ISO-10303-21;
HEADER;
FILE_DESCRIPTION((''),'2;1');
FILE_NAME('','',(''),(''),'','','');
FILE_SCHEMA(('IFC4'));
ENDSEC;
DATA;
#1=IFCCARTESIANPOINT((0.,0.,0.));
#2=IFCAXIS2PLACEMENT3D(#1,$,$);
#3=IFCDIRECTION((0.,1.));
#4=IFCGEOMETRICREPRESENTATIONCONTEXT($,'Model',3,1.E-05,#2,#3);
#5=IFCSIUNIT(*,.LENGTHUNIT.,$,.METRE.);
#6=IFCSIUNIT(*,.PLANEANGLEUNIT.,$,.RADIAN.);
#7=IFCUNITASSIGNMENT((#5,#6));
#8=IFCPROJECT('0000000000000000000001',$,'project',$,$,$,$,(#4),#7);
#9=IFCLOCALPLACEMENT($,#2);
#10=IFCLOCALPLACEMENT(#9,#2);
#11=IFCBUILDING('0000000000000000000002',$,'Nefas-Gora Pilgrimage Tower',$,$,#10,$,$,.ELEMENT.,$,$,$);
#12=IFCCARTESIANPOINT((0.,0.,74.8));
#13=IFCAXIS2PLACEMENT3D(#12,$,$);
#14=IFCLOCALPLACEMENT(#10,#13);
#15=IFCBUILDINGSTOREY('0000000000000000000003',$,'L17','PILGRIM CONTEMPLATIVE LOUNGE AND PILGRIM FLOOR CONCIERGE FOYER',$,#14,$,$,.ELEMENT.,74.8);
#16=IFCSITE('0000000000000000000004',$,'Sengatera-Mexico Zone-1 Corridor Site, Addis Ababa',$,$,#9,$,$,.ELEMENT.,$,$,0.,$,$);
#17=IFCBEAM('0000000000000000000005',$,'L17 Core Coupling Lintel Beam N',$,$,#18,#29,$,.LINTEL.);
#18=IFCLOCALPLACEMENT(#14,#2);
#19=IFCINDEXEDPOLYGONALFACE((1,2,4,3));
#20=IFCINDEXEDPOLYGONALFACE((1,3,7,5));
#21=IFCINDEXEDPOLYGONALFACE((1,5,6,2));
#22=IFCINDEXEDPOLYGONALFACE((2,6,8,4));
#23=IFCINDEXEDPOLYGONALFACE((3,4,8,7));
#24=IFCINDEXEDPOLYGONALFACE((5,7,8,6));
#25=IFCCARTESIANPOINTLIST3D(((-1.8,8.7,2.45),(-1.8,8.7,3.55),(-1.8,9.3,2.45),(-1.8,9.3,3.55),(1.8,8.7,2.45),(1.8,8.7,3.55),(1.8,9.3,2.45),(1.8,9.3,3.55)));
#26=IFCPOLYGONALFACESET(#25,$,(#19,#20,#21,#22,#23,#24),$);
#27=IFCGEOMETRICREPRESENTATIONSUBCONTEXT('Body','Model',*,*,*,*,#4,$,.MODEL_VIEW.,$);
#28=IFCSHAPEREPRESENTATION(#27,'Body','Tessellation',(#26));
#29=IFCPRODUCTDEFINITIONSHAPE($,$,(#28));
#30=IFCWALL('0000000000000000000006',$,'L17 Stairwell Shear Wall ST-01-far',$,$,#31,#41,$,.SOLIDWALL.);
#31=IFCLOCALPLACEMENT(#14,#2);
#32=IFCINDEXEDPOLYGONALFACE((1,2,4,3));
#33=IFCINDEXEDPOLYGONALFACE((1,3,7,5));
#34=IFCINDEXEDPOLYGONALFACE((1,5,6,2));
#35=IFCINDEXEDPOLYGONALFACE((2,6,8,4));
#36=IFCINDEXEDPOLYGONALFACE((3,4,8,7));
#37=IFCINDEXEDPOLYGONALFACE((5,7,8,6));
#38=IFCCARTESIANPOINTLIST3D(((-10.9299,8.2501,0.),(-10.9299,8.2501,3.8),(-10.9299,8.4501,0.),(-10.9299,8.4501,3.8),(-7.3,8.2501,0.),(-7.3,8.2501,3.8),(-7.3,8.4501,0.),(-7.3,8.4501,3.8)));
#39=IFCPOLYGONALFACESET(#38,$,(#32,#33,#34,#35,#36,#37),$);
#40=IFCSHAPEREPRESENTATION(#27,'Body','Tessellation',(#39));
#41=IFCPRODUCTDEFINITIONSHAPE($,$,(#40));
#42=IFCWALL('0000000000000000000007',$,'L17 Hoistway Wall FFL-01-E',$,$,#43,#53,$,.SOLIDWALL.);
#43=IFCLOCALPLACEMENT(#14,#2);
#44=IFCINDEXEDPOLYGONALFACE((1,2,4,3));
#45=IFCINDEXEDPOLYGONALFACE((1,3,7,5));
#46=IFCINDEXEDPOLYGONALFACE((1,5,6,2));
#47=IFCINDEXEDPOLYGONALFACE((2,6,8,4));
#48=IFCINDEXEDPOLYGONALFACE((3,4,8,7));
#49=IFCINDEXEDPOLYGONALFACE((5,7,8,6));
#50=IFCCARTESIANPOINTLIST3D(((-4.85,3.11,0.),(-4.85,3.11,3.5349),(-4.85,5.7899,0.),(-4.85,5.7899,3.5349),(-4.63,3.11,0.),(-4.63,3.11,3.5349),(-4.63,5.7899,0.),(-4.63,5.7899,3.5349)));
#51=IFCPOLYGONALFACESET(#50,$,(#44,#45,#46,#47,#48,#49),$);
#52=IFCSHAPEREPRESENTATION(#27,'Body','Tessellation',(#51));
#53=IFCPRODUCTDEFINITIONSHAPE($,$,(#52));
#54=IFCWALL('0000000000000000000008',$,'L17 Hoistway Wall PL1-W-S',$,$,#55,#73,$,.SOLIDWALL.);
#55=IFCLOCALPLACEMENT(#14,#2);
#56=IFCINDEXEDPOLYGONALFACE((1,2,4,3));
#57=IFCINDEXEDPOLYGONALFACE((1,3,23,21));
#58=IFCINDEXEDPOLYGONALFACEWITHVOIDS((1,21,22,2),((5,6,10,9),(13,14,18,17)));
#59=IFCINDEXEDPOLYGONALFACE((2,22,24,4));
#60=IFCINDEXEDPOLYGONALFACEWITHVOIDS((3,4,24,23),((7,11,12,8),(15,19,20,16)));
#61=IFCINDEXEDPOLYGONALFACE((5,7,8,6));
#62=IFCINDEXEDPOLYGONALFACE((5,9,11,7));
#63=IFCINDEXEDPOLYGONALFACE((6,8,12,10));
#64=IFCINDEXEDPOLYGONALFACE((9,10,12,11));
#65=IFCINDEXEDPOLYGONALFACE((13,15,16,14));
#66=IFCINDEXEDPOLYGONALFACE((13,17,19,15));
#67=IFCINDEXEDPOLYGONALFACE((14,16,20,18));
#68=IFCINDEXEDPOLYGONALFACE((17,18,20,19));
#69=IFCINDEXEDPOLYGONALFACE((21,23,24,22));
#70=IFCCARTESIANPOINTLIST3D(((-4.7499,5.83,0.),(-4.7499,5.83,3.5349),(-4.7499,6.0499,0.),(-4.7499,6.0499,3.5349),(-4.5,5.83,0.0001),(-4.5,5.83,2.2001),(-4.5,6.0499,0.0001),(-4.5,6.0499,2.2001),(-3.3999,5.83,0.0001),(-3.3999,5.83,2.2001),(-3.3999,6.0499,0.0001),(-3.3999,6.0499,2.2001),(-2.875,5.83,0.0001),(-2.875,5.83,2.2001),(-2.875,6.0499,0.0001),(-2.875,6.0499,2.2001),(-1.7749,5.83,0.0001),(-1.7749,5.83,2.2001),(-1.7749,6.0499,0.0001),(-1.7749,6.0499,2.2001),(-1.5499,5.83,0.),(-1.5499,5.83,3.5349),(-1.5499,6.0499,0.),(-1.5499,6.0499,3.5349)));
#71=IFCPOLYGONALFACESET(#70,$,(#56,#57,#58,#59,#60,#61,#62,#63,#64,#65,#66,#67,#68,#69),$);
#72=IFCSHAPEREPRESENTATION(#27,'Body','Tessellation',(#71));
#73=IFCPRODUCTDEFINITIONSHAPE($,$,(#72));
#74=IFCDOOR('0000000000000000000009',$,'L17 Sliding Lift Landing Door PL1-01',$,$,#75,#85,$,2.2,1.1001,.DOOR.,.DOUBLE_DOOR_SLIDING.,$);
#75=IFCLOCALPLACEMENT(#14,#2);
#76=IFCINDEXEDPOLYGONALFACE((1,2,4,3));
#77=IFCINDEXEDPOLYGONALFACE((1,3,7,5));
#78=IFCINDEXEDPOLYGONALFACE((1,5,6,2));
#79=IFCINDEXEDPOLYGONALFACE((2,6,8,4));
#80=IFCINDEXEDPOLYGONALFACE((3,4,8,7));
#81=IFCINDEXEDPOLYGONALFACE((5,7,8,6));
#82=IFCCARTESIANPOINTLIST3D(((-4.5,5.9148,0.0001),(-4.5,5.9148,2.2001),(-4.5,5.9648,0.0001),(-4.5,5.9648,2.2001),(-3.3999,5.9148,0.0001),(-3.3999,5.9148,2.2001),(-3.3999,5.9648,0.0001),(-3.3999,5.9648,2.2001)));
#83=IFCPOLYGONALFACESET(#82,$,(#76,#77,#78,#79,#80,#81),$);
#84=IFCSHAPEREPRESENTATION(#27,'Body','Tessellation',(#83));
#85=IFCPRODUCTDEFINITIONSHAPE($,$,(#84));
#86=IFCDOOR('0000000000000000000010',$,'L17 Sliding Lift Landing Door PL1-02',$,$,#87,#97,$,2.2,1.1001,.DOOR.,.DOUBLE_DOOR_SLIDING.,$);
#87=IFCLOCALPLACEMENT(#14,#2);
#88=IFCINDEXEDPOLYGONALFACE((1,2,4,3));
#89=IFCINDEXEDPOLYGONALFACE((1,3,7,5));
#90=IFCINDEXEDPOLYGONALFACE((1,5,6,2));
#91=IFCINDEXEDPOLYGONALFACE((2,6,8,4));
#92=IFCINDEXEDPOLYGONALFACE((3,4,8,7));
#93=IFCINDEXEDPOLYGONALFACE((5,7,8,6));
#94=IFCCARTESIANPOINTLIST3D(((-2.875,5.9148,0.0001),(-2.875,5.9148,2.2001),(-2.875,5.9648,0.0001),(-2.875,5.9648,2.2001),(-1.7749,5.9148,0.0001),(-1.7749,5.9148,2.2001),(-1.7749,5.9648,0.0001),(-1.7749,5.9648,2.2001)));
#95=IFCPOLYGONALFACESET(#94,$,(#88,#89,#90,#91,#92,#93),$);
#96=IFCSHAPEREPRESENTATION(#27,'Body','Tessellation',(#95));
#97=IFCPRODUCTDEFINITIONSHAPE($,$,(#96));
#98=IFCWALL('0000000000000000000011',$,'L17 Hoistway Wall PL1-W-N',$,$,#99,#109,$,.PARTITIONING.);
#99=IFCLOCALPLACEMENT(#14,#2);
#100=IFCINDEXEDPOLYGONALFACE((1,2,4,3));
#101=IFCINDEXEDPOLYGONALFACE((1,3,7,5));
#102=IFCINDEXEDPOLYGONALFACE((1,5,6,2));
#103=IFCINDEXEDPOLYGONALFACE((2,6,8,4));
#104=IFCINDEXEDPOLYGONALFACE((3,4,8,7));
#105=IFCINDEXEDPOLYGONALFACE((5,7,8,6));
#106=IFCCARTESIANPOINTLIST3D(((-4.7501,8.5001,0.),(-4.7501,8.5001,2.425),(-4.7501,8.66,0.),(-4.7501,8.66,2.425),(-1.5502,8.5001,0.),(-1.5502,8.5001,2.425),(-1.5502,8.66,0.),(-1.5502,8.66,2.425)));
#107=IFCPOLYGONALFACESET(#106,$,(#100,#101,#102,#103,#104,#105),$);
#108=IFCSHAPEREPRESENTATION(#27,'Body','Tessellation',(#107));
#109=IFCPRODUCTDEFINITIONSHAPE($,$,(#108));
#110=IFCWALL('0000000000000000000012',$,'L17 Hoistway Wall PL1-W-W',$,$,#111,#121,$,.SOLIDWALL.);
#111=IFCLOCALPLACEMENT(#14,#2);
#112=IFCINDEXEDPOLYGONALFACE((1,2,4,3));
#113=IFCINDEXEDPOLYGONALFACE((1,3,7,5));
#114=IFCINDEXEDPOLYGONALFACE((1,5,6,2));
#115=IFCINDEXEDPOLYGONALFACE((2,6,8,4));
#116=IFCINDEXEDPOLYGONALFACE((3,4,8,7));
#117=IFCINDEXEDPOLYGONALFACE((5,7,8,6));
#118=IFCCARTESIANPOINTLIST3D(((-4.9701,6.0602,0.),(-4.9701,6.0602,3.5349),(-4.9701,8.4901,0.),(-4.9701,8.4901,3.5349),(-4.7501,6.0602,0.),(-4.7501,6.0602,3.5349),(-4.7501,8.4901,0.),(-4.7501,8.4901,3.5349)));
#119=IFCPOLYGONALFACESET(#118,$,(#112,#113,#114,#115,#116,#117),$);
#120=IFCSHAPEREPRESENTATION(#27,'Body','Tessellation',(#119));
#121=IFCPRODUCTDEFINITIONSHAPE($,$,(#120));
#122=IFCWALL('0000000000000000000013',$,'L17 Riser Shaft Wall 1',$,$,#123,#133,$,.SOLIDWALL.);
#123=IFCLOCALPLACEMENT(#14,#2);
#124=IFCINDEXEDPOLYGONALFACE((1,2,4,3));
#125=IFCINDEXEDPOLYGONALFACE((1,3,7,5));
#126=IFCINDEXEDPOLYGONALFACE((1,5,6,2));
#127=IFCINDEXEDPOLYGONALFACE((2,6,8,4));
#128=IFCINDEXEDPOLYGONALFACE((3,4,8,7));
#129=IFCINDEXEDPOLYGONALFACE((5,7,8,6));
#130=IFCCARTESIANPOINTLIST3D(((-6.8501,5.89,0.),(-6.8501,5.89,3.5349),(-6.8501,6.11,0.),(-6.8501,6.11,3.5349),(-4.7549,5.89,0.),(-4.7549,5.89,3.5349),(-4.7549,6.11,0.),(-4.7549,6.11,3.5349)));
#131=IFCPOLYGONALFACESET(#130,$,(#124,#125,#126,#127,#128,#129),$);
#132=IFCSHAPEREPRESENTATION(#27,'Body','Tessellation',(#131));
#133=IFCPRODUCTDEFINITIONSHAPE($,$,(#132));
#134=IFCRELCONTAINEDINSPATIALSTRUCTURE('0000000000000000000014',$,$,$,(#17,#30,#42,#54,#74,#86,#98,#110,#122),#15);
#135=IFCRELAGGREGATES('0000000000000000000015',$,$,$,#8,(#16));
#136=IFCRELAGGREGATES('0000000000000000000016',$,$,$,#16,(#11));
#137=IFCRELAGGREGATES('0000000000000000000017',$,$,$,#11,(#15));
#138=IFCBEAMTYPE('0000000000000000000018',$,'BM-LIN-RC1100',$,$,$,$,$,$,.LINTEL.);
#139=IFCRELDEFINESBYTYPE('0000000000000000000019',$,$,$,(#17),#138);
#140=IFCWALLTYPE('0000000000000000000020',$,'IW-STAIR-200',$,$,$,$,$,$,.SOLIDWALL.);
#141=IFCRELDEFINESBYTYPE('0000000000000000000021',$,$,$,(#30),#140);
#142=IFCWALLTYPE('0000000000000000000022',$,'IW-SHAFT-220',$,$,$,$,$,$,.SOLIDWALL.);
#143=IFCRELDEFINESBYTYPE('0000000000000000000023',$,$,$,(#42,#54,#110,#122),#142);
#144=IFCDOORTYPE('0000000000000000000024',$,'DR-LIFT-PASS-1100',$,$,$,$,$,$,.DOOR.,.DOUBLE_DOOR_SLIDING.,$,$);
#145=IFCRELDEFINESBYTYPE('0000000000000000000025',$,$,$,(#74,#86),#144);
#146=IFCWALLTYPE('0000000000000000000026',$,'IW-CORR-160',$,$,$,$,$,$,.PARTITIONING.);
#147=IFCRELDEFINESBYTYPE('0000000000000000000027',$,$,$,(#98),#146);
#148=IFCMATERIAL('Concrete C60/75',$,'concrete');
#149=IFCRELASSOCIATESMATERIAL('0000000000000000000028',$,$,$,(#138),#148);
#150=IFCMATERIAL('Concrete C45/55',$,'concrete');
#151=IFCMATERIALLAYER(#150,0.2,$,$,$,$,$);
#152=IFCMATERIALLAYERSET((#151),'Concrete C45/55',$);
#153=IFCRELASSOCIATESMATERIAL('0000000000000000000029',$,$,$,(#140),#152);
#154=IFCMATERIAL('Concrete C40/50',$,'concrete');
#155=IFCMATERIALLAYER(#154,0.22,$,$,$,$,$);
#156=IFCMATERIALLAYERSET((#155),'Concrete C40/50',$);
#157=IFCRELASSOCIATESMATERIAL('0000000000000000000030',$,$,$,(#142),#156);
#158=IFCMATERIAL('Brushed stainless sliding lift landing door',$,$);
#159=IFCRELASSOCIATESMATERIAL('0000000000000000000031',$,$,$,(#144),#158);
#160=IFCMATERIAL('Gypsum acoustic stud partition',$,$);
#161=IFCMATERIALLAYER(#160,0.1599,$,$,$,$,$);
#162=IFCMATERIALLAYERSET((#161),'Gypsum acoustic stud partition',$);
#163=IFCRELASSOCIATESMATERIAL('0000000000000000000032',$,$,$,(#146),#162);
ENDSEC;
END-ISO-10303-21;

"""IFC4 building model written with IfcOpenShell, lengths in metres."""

from ifc_helpers import new_model, si_unit, direction, frame, frame_2d, origin, origin_2d, place, context, subcontext, project, spatial, rectangle, extrude, source, transform, mapped, material, layer, layer_set, material_profile, profile_set, type_object, element, fill, save


model = new_model("IFC4")

# Units and contexts
model_context = context("Model", 3, precision=1e-05, world=origin(), true_north=direction((0.0, 1.0)))
body_context = subcontext(model_context, "Body", "Model", "MODEL_VIEW")
ifc_project = project(units=[si_unit("LENGTHUNIT", "METRE"), si_unit("PLANEANGLEUNIT", "RADIAN")], contexts=[model_context])

# Site, building, storey
site_placement = place(None, origin())
site = spatial("IfcSite", under=ifc_project, at=site_placement, Name="Sengatera-Mexico Zone-1 Corridor Site, Addis Ababa", CompositionType="ELEMENT", RefElevation=0.0)
building_placement = place(site_placement, origin())
building = spatial("IfcBuilding", under=site, at=building_placement, Name="Nefas-Gora Pilgrimage Tower", CompositionType="ELEMENT")
storey_placement = place(building_placement, frame((0.0, 0.0, 74.8)))
storey = spatial("IfcBuildingStorey", under=building, at=storey_placement, Name="L17", Description="PILGRIM CONTEMPLATIVE LOUNGE AND PILGRIM FLOOR CONCIERGE FOYER", CompositionType="ELEMENT", Elevation=74.8)

# Beam
ifc_material_1 = material(Name="Concrete C60/75", Category="concrete")
ifc_material_profile = material_profile(ifc_material_1, rectangle(XDim=0.6001, YDim=1.1001, at=origin_2d()), Name="RC 600x1100")
ifc_profile_set = profile_set([ifc_material_profile], Name="Concrete C60/75")
beam_type = type_object("IfcBeamType", Name="BM-LIN-RC1100", PredefinedType="LINTEL", material=ifc_profile_set)
shared_shape_1 = source(origin(), body_context, "Body", "SweptSolid", [
    extrude(rectangle(XDim=0.6001, YDim=1.1001, at=origin_2d()), origin(), (0.0, 0.0, 1.0), 3.6001),
])
beam_placement = place(storey_placement, frame((-1.8, 9.0, 3.0), z_axis=(1.0, 0.0, 0.0), x_axis=(0.0, 1.0, 0.0)))
element("IfcBeam", 1, at=beam_placement, inside=storey, type_object=beam_type, Name="L17 Core Coupling Lintel Beam N", PredefinedType="LINTEL", context=body_context, shape_type="MappedRepresentation", body=[
    mapped(shared_shape_1, transform((0.0, 0.0, 0.0), x_axis=(1.0, 0.0, 0.0), y_axis=(0.0, 1.0, 0.0), z_axis=(0.0, 0.0, 1.0), scale=1.0)),
])

# Walls
ifc_material_2 = material(Name="Concrete C45/55", Category="concrete")
ifc_layer_1 = layer(ifc_material_2, 0.2)
ifc_layer_set_1 = layer_set([ifc_layer_1], Name="Concrete C45/55")
wall_type_1 = type_object("IfcWallType", Name="IW-STAIR-200", PredefinedType="SOLIDWALL", material=ifc_layer_set_1)
shared_shape_2 = source(origin(), body_context, "Body", "SweptSolid", [
    extrude(rectangle(XDim=3.6299, YDim=0.2, at=frame_2d((1.8149, 0.0))), origin(), (0.0, 0.0, 1.0), 3.8),
])
wall_1_placement = place(storey_placement, frame((-7.3, 8.3501, 0.0), z_axis=(0.0, 0.0, 1.0), x_axis=(-1.0, 0.0, 0.0)))
element("IfcWall", 2, at=wall_1_placement, inside=storey, type_object=wall_type_1, Name="L17 Stairwell Shear Wall ST-01-far", PredefinedType="SOLIDWALL", context=body_context, shape_type="MappedRepresentation", body=[
    mapped(shared_shape_2, transform((0.0, 0.0, 0.0), x_axis=(1.0, 0.0, 0.0), y_axis=(0.0, 1.0, 0.0), z_axis=(0.0, 0.0, 1.0), scale=1.0)),
])
ifc_material_3 = material(Name="Concrete C40/50", Category="concrete")
ifc_layer_2 = layer(ifc_material_3, 0.22)
ifc_layer_set_2 = layer_set([ifc_layer_2], Name="Concrete C40/50")
wall_type_2 = type_object("IfcWallType", Name="IW-SHAFT-220", PredefinedType="SOLIDWALL", material=ifc_layer_set_2)
shared_shape_3 = source(origin(), body_context, "Body", "SweptSolid", [
    extrude(rectangle(XDim=2.6799, YDim=0.22, at=frame_2d((1.3398, 0.0))), origin(), (0.0, 0.0, 1.0), 3.5349),
])
wall_2_placement = place(storey_placement, frame((-4.74, 3.1101, 0.0), z_axis=(0.0, 0.0, 1.0), x_axis=(0.0, 1.0, 0.0)))
element("IfcWall", 3, at=wall_2_placement, inside=storey, type_object=wall_type_2, Name="L17 Hoistway Wall FFL-01-E", PredefinedType="SOLIDWALL", context=body_context, shape_type="MappedRepresentation", body=[
    mapped(shared_shape_3, transform((0.0, 0.0, 0.0), x_axis=(1.0, 0.0, 0.0), y_axis=(0.0, 1.0, 0.0), z_axis=(0.0, 0.0, 1.0), scale=1.0)),
])

# Wall, openings, doors
shared_shape_4 = source(origin(), body_context, "Body", "SweptSolid", [
    extrude(rectangle(XDim=3.2, YDim=0.22, at=frame_2d((1.6001, 0.0))), origin(), (0.0, 0.0, 1.0), 3.5349),
])
wall_3_placement = place(storey_placement, frame((-4.75, 5.9399, 0.0), z_axis=(0.0, 0.0, 1.0), x_axis=(1.0, 0.0, 0.0)))
wall_3 = element("IfcWall", 4, at=wall_3_placement, inside=storey, type_object=wall_type_2, Name="L17 Hoistway Wall PL1-W-S", PredefinedType="SOLIDWALL", context=body_context, shape_type="MappedRepresentation", body=[
    mapped(shared_shape_4, transform((0.0, 0.0, 0.0), x_axis=(1.0, 0.0, 0.0), y_axis=(0.0, 1.0, 0.0), z_axis=(0.0, 0.0, 1.0), scale=1.0)),
])
opening_1_placement = place(wall_3_placement, frame((0.25, 0.0, 0.0)))
opening_1 = element("IfcOpeningElement", 5, at=opening_1_placement, cuts=wall_3, PredefinedType="OPENING", context=body_context, shape_type="SweptSolid", body=[
    extrude(rectangle(XDim=1.1001, YDim=2.2, at=frame_2d((0.55, 1.1001))), frame((0.0, 0.1199, 0.0), z_axis=(0.0, -1.0, 0.0), x_axis=(1.0, 0.0, 0.0)), (0.0, 0.0, 1.0), 0.24),
])
opening_2_placement = place(wall_3_placement, frame((1.875, 0.0, 0.0)))
opening_2 = element("IfcOpeningElement", 6, at=opening_2_placement, cuts=wall_3, PredefinedType="OPENING", context=body_context, shape_type="SweptSolid", body=[
    extrude(rectangle(XDim=1.1001, YDim=2.2, at=frame_2d((0.55, 1.1001))), frame((0.0, 0.1199, 0.0), z_axis=(0.0, -1.0, 0.0), x_axis=(1.0, 0.0, 0.0)), (0.0, 0.0, 1.0), 0.24),
])
ifc_material_4 = material(Name="Brushed stainless sliding lift landing door")
door_type_1 = type_object("IfcDoorType", Name="DR-LIFT-PASS-1100", OperationType="DOUBLE_DOOR_SLIDING", PredefinedType="DOOR", material=ifc_material_4)
shared_shape_5 = source(origin(), body_context, "Body", "SweptSolid", [
    extrude(rectangle(XDim=1.1001, YDim=2.2, at=frame_2d((0.55, 1.1001))), frame((0.0, 0.0249, 0.0), z_axis=(0.0, -1.0, 0.0), x_axis=(1.0, 0.0, 0.0)), (0.0, 0.0, 1.0), 0.05),
])
door_1_placement = place(opening_1_placement, origin())
door_1 = element("IfcDoor", 7, at=door_1_placement, inside=storey, type_object=door_type_1, Name="L17 Sliding Lift Landing Door PL1-01", OperationType="DOUBLE_DOOR_SLIDING", OverallHeight=2.2, OverallWidth=1.1001, PredefinedType="DOOR", context=body_context, shape_type="MappedRepresentation", body=[
    mapped(shared_shape_5, transform((0.0, 0.0, 0.0), x_axis=(1.0, 0.0, 0.0), y_axis=(0.0, 1.0, 0.0), z_axis=(0.0, 0.0, 1.0), scale=1.0)),
])
fill(opening_1, door_1)
door_2_placement = place(opening_2_placement, origin())
door_2 = element("IfcDoor", 8, at=door_2_placement, inside=storey, type_object=door_type_1, Name="L17 Sliding Lift Landing Door PL1-02", OperationType="DOUBLE_DOOR_SLIDING", OverallHeight=2.2, OverallWidth=1.1001, PredefinedType="DOOR", context=body_context, shape_type="MappedRepresentation", body=[
    mapped(shared_shape_5, transform((0.0, 0.0, 0.0), x_axis=(1.0, 0.0, 0.0), y_axis=(0.0, 1.0, 0.0), z_axis=(0.0, 0.0, 1.0), scale=1.0)),
])
fill(opening_2, door_2)

# Walls
ifc_material_5 = material(Name="Gypsum acoustic stud partition")
ifc_layer_3 = layer(ifc_material_5, 0.1599)
ifc_layer_set_3 = layer_set([ifc_layer_3], Name="Gypsum acoustic stud partition")
wall_type_3 = type_object("IfcWallType", Name="IW-CORR-160", PredefinedType="PARTITIONING", material=ifc_layer_set_3)
shared_shape_6 = source(origin(), body_context, "Body", "SweptSolid", [
    extrude(rectangle(XDim=3.2, YDim=0.1599, at=frame_2d((1.6001, 0.0))), origin(), (0.0, 0.0, 1.0), 2.425),
])
wall_4_placement = place(storey_placement, frame((-1.55, 8.5801, 0.0), z_axis=(0.0, 0.0, 1.0), x_axis=(-1.0, 0.0, 0.0)))
element("IfcWall", 9, at=wall_4_placement, inside=storey, type_object=wall_type_3, Name="L17 Hoistway Wall PL1-W-N", PredefinedType="PARTITIONING", context=body_context, shape_type="MappedRepresentation", body=[
    mapped(shared_shape_6, transform((0.0, 0.0, 0.0), x_axis=(1.0, 0.0, 0.0), y_axis=(0.0, 1.0, 0.0), z_axis=(0.0, 0.0, 1.0), scale=1.0)),
])
shared_shape_7 = source(origin(), body_context, "Body", "SweptSolid", [
    extrude(rectangle(XDim=2.4299, YDim=0.22, at=frame_2d((1.2148, 0.0))), origin(), (0.0, 0.0, 1.0), 3.5349),
])
for number, where, z_axis, x_axis, name in (
    (10, (-4.8601, 8.49, 0.0), (0.0, 0.0, 1.0), (0.0, -1.0, 0.0), "L17 Hoistway Wall PL1-W-W"),
):
    element("IfcWall", number, at=place(storey_placement, frame(where, z_axis=z_axis, x_axis=x_axis)), inside=storey, type_object=wall_type_2, Name=name, PredefinedType="SOLIDWALL", context=body_context, shape_type="MappedRepresentation", body=[
        mapped(shared_shape_7, transform((0.0, 0.0, 0.0), x_axis=(1.0, 0.0, 0.0), y_axis=(0.0, 1.0, 0.0), z_axis=(0.0, 0.0, 1.0), scale=1.0)),
    ])
shared_shape_8 = source(origin(), body_context, "Body", "SweptSolid", [
    extrude(rectangle(XDim=2.0952, YDim=0.22, at=frame_2d((1.0476, 0.0))), origin(), (0.0, 0.0, 1.0), 3.5349),
])
wall_5_placement = place(storey_placement, frame((-6.8501, 6.0, 0.0), z_axis=(0.0, 0.0, 1.0), x_axis=(1.0, 0.0, 0.0)))
element("IfcWall", 11, at=wall_5_placement, inside=storey, type_object=wall_type_2, Name="L17 Riser Shaft Wall 1", PredefinedType="SOLIDWALL", context=body_context, shape_type="MappedRepresentation", body=[
    mapped(shared_shape_8, transform((0.0, 0.0, 0.0), x_axis=(1.0, 0.0, 0.0), y_axis=(0.0, 1.0, 0.0), z_axis=(0.0, 0.0, 1.0), scale=1.0)),
])

save(model, "model.ifc")
